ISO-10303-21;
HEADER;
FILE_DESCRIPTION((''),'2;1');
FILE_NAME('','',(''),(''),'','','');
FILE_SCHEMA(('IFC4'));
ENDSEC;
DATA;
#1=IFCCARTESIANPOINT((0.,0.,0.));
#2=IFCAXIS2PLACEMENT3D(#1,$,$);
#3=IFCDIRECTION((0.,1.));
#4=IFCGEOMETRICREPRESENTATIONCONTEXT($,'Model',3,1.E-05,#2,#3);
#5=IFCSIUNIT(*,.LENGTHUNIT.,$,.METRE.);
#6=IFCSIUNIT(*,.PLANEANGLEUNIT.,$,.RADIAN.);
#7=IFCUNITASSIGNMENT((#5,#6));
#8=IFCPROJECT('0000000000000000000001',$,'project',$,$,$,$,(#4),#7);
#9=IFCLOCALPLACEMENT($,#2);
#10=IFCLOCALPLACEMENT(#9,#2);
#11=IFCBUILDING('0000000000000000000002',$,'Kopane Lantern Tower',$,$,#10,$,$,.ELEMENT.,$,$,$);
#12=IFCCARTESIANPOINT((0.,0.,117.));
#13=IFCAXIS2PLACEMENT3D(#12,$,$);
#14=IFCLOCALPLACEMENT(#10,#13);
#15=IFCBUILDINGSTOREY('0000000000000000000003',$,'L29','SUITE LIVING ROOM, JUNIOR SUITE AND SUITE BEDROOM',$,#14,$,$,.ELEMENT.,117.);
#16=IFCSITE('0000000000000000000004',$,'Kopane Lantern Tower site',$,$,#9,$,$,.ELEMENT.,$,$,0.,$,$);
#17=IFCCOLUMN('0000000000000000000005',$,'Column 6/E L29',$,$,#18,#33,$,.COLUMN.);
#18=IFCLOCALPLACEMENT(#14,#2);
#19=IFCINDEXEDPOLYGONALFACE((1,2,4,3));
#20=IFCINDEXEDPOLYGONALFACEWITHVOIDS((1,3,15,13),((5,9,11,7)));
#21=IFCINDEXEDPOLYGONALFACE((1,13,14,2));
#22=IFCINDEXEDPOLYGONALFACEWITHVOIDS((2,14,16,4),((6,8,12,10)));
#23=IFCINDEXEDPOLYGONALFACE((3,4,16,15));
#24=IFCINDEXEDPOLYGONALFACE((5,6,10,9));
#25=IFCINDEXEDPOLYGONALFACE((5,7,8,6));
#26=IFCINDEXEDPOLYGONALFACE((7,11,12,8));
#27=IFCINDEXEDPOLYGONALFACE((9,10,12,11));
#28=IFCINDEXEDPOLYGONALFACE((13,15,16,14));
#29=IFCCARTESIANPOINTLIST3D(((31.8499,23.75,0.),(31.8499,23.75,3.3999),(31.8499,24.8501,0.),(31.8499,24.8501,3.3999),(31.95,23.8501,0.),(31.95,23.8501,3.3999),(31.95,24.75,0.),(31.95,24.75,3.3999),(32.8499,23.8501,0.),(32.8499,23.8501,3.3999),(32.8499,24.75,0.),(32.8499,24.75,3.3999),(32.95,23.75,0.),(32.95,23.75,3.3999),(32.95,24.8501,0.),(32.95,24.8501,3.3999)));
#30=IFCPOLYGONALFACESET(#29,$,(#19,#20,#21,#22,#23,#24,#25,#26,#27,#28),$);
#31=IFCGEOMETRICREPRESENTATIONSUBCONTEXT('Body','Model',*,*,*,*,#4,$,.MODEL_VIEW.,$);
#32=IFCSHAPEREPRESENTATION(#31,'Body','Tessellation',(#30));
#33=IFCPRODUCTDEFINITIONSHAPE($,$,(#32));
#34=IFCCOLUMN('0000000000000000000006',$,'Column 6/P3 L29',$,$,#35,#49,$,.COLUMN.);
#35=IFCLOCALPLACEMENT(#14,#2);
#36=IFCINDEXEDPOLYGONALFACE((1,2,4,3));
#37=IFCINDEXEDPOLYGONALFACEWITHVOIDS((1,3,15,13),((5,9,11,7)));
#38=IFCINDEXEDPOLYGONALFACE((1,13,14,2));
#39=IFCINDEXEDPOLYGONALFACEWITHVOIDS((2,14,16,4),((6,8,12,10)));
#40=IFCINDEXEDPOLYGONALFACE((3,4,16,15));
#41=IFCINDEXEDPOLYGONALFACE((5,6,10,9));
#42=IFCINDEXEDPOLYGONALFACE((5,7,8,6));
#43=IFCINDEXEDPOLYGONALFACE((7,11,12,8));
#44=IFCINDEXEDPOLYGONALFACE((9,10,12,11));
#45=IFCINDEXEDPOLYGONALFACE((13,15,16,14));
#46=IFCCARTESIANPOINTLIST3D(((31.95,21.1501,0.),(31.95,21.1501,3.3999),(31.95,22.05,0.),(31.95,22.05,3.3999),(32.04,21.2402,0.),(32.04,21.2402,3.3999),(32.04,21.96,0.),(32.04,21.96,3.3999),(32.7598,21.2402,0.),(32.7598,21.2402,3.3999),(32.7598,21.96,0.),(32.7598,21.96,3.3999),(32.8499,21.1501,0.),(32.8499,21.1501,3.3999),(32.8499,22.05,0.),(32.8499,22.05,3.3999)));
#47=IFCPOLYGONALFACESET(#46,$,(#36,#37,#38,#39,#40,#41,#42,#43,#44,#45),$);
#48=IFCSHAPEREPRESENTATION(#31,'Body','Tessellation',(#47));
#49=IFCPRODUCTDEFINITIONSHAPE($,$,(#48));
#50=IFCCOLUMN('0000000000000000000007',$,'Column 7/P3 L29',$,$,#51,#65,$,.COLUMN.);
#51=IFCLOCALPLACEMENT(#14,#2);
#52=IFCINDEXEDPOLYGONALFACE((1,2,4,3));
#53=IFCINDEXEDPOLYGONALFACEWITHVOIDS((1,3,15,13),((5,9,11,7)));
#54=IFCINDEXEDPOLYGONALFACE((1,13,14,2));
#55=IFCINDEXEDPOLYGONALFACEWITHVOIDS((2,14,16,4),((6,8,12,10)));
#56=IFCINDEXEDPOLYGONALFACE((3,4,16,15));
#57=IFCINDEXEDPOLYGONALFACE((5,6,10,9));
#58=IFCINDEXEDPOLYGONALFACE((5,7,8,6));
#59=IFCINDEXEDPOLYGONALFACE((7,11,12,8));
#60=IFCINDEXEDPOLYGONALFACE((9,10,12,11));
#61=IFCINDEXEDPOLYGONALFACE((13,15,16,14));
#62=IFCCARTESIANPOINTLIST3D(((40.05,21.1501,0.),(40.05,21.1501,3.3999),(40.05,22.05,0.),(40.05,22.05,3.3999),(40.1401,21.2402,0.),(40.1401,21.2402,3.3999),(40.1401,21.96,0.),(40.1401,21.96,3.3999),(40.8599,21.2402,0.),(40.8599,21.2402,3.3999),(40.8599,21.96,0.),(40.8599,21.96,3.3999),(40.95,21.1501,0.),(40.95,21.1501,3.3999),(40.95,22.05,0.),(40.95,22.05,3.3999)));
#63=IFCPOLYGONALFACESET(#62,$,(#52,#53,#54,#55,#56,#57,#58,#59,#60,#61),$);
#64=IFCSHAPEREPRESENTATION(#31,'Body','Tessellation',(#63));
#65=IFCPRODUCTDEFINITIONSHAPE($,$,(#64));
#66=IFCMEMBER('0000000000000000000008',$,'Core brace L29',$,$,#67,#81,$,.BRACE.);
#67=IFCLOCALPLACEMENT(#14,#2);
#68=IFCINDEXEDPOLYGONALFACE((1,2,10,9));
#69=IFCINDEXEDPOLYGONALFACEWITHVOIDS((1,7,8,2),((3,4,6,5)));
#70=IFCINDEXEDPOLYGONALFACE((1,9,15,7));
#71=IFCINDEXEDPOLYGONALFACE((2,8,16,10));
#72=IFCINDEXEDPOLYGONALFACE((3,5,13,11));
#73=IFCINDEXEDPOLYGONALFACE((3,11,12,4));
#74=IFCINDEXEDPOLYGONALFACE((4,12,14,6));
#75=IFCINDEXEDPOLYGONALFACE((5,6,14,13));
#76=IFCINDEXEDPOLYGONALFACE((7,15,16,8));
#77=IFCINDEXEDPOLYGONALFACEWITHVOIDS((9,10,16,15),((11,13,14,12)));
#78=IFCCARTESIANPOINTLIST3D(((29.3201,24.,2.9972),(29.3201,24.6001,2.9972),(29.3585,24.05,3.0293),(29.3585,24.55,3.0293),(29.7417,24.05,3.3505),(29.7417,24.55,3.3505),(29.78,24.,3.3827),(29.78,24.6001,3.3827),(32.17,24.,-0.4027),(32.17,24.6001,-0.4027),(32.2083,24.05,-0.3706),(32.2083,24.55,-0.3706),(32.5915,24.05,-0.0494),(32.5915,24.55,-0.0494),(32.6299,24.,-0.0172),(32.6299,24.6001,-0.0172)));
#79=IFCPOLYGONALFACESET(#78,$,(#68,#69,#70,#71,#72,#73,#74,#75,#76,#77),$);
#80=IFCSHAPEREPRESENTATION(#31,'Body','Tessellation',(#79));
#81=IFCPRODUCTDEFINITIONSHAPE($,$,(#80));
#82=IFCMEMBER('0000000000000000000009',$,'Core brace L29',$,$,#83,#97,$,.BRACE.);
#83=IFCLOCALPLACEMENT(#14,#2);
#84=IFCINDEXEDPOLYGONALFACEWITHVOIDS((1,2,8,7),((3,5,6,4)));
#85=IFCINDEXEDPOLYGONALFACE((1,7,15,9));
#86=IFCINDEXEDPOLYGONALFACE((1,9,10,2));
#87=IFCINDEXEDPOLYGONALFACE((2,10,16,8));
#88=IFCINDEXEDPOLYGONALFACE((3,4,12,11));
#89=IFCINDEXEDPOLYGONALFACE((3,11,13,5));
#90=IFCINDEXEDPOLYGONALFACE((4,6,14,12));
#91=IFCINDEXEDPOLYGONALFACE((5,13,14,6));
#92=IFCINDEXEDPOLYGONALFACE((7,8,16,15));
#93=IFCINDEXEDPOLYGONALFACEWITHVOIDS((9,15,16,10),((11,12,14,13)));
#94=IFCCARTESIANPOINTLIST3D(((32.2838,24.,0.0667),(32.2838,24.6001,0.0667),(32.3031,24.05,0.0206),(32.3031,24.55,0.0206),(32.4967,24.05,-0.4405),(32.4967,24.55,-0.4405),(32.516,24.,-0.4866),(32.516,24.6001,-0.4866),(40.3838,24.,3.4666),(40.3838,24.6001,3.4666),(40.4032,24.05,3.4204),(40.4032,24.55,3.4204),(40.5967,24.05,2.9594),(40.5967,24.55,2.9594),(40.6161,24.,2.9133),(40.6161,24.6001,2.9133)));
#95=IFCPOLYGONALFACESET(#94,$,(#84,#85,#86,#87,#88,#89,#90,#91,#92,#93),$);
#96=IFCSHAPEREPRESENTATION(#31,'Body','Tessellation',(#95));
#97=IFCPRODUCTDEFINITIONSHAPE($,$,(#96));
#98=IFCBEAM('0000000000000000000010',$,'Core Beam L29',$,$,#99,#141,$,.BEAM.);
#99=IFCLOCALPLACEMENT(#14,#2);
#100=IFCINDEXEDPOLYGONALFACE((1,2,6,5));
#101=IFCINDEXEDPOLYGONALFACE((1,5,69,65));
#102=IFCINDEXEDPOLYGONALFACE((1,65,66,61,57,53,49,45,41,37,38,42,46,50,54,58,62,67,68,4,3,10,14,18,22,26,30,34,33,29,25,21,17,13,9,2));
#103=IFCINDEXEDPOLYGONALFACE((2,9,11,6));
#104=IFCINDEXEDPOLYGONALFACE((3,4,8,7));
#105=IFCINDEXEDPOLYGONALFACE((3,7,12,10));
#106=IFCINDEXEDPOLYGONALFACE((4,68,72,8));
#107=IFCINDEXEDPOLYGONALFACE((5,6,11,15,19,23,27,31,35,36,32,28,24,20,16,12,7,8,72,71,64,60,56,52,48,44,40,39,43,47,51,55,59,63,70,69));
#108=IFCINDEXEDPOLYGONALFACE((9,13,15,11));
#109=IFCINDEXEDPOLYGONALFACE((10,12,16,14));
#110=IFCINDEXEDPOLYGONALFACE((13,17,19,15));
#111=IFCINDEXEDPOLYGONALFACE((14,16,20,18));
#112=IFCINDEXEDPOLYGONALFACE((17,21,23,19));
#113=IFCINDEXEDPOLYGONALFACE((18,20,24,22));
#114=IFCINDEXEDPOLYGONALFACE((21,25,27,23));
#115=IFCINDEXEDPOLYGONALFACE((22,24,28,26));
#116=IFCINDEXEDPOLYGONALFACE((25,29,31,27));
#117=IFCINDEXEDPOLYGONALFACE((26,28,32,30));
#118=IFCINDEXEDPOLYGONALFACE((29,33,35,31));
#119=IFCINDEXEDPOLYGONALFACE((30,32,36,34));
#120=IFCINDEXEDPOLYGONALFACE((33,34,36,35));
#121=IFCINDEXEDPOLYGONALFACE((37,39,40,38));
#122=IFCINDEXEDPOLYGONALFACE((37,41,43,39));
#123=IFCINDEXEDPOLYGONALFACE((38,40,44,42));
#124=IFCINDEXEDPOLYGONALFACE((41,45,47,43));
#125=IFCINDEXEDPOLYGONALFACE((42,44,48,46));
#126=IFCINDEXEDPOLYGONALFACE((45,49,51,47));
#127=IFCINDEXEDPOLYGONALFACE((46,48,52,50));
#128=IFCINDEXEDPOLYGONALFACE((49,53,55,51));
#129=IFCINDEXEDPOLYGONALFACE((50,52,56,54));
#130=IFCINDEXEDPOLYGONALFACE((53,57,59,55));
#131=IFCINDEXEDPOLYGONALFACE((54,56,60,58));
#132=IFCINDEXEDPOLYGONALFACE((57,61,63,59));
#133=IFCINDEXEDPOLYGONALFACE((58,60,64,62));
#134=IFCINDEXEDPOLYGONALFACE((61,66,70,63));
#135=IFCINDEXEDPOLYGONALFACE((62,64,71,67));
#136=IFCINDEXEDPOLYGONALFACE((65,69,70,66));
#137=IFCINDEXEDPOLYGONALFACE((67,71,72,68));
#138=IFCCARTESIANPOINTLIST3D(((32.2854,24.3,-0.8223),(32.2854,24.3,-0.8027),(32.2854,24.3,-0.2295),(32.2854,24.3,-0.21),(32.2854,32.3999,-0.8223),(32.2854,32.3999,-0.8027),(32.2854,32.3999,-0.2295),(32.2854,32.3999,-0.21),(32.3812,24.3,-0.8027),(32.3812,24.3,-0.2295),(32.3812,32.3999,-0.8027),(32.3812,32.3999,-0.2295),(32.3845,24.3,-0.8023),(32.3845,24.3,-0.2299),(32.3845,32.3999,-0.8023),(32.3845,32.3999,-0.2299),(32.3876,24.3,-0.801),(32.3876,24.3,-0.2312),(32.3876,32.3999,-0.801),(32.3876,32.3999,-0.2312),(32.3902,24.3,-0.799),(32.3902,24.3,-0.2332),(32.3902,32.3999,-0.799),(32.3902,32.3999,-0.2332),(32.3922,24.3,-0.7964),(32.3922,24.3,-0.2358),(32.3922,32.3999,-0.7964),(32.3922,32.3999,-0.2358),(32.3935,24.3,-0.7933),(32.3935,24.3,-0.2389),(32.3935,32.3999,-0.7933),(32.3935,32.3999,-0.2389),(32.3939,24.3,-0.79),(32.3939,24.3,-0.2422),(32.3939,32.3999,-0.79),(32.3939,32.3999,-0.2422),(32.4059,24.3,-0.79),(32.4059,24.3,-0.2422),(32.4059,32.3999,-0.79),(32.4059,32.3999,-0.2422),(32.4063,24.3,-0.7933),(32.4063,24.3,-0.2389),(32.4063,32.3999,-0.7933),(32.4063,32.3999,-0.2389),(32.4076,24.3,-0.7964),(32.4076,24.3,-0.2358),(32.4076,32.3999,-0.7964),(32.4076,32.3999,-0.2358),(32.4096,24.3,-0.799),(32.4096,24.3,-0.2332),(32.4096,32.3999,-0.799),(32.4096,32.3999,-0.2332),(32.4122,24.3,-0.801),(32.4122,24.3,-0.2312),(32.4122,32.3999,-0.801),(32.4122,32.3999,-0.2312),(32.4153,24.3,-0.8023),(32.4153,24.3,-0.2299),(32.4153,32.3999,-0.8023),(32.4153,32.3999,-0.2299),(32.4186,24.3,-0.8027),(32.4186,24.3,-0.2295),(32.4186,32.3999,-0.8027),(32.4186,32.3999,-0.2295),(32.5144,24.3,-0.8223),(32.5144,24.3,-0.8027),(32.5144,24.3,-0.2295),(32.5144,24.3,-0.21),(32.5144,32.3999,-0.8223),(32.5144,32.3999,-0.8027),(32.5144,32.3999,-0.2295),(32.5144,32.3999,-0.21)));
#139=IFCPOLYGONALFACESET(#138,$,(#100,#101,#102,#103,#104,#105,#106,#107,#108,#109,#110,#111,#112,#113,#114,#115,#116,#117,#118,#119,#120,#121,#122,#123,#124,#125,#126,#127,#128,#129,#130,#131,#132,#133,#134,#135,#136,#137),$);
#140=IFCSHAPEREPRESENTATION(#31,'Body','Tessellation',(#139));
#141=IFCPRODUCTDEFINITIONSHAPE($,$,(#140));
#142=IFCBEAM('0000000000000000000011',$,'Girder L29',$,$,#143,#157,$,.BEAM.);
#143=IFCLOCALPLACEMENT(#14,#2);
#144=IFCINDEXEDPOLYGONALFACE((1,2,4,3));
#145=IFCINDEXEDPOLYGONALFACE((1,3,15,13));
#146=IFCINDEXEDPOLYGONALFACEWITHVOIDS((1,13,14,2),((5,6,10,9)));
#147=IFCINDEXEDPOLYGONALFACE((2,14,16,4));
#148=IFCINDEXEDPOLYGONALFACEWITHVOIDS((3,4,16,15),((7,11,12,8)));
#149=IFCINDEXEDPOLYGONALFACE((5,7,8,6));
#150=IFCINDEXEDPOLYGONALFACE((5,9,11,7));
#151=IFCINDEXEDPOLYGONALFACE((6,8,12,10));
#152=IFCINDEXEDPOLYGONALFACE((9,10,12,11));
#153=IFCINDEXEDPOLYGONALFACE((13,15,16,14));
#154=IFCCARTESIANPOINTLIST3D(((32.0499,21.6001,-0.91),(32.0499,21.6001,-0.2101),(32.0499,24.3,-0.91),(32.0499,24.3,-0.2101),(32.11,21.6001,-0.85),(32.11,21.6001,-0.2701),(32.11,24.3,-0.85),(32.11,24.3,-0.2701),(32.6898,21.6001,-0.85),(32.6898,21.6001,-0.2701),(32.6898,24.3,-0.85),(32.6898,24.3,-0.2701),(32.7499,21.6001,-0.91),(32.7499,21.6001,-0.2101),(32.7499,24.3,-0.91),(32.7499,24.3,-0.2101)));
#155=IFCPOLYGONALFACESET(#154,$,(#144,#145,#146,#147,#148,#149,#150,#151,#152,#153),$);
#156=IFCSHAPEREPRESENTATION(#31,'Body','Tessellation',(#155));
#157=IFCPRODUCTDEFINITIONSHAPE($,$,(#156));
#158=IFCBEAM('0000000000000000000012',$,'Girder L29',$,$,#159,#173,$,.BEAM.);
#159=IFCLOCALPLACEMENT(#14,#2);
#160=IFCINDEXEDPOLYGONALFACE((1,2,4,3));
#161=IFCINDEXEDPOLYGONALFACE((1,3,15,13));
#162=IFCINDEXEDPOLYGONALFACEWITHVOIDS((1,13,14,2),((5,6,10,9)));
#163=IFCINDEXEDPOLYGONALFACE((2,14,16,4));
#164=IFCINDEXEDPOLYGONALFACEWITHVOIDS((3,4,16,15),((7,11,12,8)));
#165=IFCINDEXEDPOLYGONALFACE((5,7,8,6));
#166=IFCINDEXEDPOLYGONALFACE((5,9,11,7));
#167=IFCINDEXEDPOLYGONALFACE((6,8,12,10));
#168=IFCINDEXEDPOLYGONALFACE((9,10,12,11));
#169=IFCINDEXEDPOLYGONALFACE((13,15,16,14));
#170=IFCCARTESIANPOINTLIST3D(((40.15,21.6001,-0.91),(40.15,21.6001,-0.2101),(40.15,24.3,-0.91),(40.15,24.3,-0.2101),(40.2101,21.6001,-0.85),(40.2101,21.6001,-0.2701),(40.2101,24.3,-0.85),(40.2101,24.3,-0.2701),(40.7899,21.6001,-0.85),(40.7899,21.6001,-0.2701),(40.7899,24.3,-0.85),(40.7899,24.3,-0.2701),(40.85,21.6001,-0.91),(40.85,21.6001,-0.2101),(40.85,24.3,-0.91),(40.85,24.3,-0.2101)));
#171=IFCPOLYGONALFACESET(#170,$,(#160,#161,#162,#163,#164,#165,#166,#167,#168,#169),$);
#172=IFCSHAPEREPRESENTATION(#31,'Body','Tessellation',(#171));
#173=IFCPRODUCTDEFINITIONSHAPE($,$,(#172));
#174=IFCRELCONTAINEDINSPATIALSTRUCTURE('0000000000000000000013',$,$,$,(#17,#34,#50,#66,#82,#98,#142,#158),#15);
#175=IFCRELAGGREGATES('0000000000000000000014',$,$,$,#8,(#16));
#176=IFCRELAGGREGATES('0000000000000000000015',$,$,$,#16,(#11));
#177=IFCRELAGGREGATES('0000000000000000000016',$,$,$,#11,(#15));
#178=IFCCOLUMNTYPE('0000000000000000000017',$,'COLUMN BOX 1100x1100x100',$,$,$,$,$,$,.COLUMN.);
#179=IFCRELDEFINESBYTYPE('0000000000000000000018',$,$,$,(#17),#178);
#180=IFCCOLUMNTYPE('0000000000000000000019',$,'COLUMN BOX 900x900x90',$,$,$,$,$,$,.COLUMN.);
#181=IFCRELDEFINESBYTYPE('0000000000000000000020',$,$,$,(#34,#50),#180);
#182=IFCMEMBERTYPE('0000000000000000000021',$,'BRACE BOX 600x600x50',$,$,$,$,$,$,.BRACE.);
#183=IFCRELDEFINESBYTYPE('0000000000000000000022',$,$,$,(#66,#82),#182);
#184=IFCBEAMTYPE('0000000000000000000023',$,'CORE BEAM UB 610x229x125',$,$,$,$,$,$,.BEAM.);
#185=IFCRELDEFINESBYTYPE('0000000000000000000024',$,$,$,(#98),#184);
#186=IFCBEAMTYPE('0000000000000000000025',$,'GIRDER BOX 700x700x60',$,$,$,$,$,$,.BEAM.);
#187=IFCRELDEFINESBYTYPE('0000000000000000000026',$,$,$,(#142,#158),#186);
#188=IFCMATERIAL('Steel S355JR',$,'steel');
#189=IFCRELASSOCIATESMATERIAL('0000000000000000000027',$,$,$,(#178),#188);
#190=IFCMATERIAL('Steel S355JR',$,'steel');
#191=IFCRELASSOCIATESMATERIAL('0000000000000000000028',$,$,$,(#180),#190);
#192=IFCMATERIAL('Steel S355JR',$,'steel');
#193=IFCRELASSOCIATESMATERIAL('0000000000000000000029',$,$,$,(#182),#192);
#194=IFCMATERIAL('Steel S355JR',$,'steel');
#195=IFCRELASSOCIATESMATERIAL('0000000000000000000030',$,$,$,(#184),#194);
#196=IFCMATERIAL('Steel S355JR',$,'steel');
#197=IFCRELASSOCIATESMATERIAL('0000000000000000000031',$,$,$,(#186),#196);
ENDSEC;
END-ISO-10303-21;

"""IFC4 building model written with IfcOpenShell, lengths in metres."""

from ifc_helpers import new_model, si_unit, direction, frame, origin, origin_2d, place, context, subcontext, project, spatial, hollow_rectangle, i_section, extrude, material, material_profile, profile_set, type_object, element, save


model = new_model("IFC4")

# Units and contexts
model_context = context("Model", 3, precision=1e-05, world=origin(), true_north=direction((0.0, 1.0)))
body_context = subcontext(model_context, "Body", "Model", "MODEL_VIEW")
ifc_project = project(units=[si_unit("LENGTHUNIT", "METRE"), si_unit("PLANEANGLEUNIT", "RADIAN")], contexts=[model_context])

# Site, building, storey
site_placement = place(None, origin())
site = spatial("IfcSite", under=ifc_project, at=site_placement, Name="Kopane Lantern Tower site", CompositionType="ELEMENT", RefElevation=0.0)
building_placement = place(site_placement, origin())
building = spatial("IfcBuilding", under=site, at=building_placement, Name="Kopane Lantern Tower", CompositionType="ELEMENT")
storey_placement = place(building_placement, frame((0.0, 0.0, 117.0)))
storey = spatial("IfcBuildingStorey", under=building, at=storey_placement, Name="L29", Description="SUITE LIVING ROOM, JUNIOR SUITE AND SUITE BEDROOM", CompositionType="ELEMENT", Elevation=117.0)

# Columns
ifc_material_1 = material(Name="Steel S355JR", Category="steel")
ifc_material_profile_1 = material_profile(ifc_material_1, hollow_rectangle(XDim=1.1001, YDim=1.1001, WallThickness=0.1001, at=origin_2d()), Name="BOX 1100x1100x100")
ifc_profile_set_1 = profile_set([ifc_material_profile_1], Name="Steel S355JR")
column_type_1 = type_object("IfcColumnType", Name="COLUMN BOX 1100x1100x100", PredefinedType="COLUMN", material=ifc_profile_set_1)
column_placement = place(storey_placement, frame((32.3999, 24.3, 0.0), z_axis=(0.0, 0.0, 1.0), x_axis=(1.0, 0.0, 0.0)))
element("IfcColumn", 1, at=column_placement, inside=storey, type_object=column_type_1, Name="Column 6/E L29", PredefinedType="COLUMN", context=body_context, shape_type="SweptSolid", body=[
    extrude(hollow_rectangle(XDim=1.1001, YDim=1.1001, WallThickness=0.1001, at=origin_2d()), origin(), (0.0, 0.0, 1.0), 3.3999),
])
ifc_material_2 = material(Name="Steel S355JR", Category="steel")
ifc_material_profile_2 = material_profile(ifc_material_2, hollow_rectangle(XDim=0.8999, YDim=0.8999, WallThickness=0.0901, at=origin_2d()), Name="BOX 900x900x90")
ifc_profile_set_2 = profile_set([ifc_material_profile_2], Name="Steel S355JR")
column_type_2 = type_object("IfcColumnType", Name="COLUMN BOX 900x900x90", PredefinedType="COLUMN", material=ifc_profile_set_2)
for number, where, z_axis, x_axis, name in (
    (2, (32.3999, 21.6001, 0.0), (0.0, 0.0, 1.0), (1.0, 0.0, 0.0), "Column 6/P3 L29"),
    (3, (40.5, 21.6001, 0.0), (0.0, 0.0, 1.0), (1.0, 0.0, 0.0), "Column 7/P3 L29"),
):
    element("IfcColumn", number, at=place(storey_placement, frame(where, z_axis=z_axis, x_axis=x_axis)), inside=storey, type_object=column_type_2, Name=name, PredefinedType="COLUMN", context=body_context, shape_type="SweptSolid", body=[
        extrude(hollow_rectangle(XDim=0.8999, YDim=0.8999, WallThickness=0.0901, at=origin_2d()), origin(), (0.0, 0.0, 1.0), 3.3999),
    ])

# Members
ifc_material_3 = material(Name="Steel S355JR", Category="steel")
ifc_material_profile_3 = material_profile(ifc_material_3, hollow_rectangle(XDim=0.6001, YDim=0.6001, WallThickness=0.05, at=origin_2d()), Name="BOX 600x600x50")
ifc_profile_set_3 = profile_set([ifc_material_profile_3], Name="Steel S355JR")
member_type = type_object("IfcMemberType", Name="BRACE BOX 600x600x50", PredefinedType="BRACE", material=ifc_profile_set_3)
member_1_placement = place(storey_placement, frame((32.3999, 24.3, -0.21), z_axis=(-0.64239, 0.0, 0.766378), x_axis=(0.0, -1.0, 0.0)))
element("IfcMember", 4, at=member_1_placement, inside=storey, type_object=member_type, Name="Core brace L29", PredefinedType="BRACE", context=body_context, shape_type="SweptSolid", body=[
    extrude(hollow_rectangle(XDim=0.6001, YDim=0.6001, WallThickness=0.05, at=origin_2d()), origin(), (0.0, 0.0, 1.0), 4.4363),
])
member_2_placement = place(storey_placement, frame((32.3999, 24.3, -0.21), z_axis=(0.922069, 0.0, 0.387026), x_axis=(0.0, 1.0, 0.0)))
element("IfcMember", 5, at=member_2_placement, inside=storey, type_object=member_type, Name="Core brace L29", PredefinedType="BRACE", context=body_context, shape_type="SweptSolid", body=[
    extrude(hollow_rectangle(XDim=0.6001, YDim=0.6001, WallThickness=0.05, at=origin_2d()), origin(), (0.0, 0.0, 1.0), 8.7847),
])

# Beams
ifc_material_4 = material(Name="Steel S355JR", Category="steel")
ifc_material_profile_4 = material_profile(ifc_material_4, i_section(OverallWidth=0.229, OverallDepth=0.6123, WebThickness=0.012, FlangeThickness=0.0195, FilletRadius=0.0127, at=origin_2d()), Name="UB 610x229x125")
ifc_profile_set_4 = profile_set([ifc_material_profile_4], Name="Steel S355JR")
beam_type_1 = type_object("IfcBeamType", Name="CORE BEAM UB 610x229x125", PredefinedType="BEAM", material=ifc_profile_set_4)
beam_placement = place(storey_placement, frame((32.3999, 24.3, -0.5161), z_axis=(0.0, 1.0, 0.0), x_axis=(-1.0, 0.0, 0.0)))
element("IfcBeam", 6, at=beam_placement, inside=storey, type_object=beam_type_1, Name="Core Beam L29", PredefinedType="BEAM", context=body_context, shape_type="SweptSolid", body=[
    extrude(i_section(OverallWidth=0.229, OverallDepth=0.6123, WebThickness=0.012, FlangeThickness=0.0195, FilletRadius=0.0127, at=origin_2d()), origin(), (0.0, 0.0, 1.0), 8.0999),
])
ifc_material_5 = material(Name="Steel S355JR", Category="steel")
ifc_material_profile_5 = material_profile(ifc_material_5, hollow_rectangle(XDim=0.7, YDim=0.7, WallThickness=0.0601, at=origin_2d()), Name="BOX 700x700x60")
ifc_profile_set_5 = profile_set([ifc_material_profile_5], Name="Steel S355JR")
beam_type_2 = type_object("IfcBeamType", Name="GIRDER BOX 700x700x60", PredefinedType="BEAM", material=ifc_profile_set_5)
for number, where, z_axis, x_axis, name in (
    (7, (32.3999, 21.6001, -0.5601), (0.0, 1.0, 0.0), (-1.0, 0.0, 0.0), "Girder L29"),
    (8, (40.5, 21.6001, -0.5601), (0.0, 1.0, 0.0), (-1.0, 0.0, 0.0), "Girder L29"),
):
    element("IfcBeam", number, at=place(storey_placement, frame(where, z_axis=z_axis, x_axis=x_axis)), inside=storey, type_object=beam_type_2, Name=name, PredefinedType="BEAM", context=body_context, shape_type="SweptSolid", body=[
        extrude(hollow_rectangle(XDim=0.7, YDim=0.7, WallThickness=0.0601, at=origin_2d()), origin(), (0.0, 0.0, 1.0), 2.7),
    ])

save(model, "model.ifc")
